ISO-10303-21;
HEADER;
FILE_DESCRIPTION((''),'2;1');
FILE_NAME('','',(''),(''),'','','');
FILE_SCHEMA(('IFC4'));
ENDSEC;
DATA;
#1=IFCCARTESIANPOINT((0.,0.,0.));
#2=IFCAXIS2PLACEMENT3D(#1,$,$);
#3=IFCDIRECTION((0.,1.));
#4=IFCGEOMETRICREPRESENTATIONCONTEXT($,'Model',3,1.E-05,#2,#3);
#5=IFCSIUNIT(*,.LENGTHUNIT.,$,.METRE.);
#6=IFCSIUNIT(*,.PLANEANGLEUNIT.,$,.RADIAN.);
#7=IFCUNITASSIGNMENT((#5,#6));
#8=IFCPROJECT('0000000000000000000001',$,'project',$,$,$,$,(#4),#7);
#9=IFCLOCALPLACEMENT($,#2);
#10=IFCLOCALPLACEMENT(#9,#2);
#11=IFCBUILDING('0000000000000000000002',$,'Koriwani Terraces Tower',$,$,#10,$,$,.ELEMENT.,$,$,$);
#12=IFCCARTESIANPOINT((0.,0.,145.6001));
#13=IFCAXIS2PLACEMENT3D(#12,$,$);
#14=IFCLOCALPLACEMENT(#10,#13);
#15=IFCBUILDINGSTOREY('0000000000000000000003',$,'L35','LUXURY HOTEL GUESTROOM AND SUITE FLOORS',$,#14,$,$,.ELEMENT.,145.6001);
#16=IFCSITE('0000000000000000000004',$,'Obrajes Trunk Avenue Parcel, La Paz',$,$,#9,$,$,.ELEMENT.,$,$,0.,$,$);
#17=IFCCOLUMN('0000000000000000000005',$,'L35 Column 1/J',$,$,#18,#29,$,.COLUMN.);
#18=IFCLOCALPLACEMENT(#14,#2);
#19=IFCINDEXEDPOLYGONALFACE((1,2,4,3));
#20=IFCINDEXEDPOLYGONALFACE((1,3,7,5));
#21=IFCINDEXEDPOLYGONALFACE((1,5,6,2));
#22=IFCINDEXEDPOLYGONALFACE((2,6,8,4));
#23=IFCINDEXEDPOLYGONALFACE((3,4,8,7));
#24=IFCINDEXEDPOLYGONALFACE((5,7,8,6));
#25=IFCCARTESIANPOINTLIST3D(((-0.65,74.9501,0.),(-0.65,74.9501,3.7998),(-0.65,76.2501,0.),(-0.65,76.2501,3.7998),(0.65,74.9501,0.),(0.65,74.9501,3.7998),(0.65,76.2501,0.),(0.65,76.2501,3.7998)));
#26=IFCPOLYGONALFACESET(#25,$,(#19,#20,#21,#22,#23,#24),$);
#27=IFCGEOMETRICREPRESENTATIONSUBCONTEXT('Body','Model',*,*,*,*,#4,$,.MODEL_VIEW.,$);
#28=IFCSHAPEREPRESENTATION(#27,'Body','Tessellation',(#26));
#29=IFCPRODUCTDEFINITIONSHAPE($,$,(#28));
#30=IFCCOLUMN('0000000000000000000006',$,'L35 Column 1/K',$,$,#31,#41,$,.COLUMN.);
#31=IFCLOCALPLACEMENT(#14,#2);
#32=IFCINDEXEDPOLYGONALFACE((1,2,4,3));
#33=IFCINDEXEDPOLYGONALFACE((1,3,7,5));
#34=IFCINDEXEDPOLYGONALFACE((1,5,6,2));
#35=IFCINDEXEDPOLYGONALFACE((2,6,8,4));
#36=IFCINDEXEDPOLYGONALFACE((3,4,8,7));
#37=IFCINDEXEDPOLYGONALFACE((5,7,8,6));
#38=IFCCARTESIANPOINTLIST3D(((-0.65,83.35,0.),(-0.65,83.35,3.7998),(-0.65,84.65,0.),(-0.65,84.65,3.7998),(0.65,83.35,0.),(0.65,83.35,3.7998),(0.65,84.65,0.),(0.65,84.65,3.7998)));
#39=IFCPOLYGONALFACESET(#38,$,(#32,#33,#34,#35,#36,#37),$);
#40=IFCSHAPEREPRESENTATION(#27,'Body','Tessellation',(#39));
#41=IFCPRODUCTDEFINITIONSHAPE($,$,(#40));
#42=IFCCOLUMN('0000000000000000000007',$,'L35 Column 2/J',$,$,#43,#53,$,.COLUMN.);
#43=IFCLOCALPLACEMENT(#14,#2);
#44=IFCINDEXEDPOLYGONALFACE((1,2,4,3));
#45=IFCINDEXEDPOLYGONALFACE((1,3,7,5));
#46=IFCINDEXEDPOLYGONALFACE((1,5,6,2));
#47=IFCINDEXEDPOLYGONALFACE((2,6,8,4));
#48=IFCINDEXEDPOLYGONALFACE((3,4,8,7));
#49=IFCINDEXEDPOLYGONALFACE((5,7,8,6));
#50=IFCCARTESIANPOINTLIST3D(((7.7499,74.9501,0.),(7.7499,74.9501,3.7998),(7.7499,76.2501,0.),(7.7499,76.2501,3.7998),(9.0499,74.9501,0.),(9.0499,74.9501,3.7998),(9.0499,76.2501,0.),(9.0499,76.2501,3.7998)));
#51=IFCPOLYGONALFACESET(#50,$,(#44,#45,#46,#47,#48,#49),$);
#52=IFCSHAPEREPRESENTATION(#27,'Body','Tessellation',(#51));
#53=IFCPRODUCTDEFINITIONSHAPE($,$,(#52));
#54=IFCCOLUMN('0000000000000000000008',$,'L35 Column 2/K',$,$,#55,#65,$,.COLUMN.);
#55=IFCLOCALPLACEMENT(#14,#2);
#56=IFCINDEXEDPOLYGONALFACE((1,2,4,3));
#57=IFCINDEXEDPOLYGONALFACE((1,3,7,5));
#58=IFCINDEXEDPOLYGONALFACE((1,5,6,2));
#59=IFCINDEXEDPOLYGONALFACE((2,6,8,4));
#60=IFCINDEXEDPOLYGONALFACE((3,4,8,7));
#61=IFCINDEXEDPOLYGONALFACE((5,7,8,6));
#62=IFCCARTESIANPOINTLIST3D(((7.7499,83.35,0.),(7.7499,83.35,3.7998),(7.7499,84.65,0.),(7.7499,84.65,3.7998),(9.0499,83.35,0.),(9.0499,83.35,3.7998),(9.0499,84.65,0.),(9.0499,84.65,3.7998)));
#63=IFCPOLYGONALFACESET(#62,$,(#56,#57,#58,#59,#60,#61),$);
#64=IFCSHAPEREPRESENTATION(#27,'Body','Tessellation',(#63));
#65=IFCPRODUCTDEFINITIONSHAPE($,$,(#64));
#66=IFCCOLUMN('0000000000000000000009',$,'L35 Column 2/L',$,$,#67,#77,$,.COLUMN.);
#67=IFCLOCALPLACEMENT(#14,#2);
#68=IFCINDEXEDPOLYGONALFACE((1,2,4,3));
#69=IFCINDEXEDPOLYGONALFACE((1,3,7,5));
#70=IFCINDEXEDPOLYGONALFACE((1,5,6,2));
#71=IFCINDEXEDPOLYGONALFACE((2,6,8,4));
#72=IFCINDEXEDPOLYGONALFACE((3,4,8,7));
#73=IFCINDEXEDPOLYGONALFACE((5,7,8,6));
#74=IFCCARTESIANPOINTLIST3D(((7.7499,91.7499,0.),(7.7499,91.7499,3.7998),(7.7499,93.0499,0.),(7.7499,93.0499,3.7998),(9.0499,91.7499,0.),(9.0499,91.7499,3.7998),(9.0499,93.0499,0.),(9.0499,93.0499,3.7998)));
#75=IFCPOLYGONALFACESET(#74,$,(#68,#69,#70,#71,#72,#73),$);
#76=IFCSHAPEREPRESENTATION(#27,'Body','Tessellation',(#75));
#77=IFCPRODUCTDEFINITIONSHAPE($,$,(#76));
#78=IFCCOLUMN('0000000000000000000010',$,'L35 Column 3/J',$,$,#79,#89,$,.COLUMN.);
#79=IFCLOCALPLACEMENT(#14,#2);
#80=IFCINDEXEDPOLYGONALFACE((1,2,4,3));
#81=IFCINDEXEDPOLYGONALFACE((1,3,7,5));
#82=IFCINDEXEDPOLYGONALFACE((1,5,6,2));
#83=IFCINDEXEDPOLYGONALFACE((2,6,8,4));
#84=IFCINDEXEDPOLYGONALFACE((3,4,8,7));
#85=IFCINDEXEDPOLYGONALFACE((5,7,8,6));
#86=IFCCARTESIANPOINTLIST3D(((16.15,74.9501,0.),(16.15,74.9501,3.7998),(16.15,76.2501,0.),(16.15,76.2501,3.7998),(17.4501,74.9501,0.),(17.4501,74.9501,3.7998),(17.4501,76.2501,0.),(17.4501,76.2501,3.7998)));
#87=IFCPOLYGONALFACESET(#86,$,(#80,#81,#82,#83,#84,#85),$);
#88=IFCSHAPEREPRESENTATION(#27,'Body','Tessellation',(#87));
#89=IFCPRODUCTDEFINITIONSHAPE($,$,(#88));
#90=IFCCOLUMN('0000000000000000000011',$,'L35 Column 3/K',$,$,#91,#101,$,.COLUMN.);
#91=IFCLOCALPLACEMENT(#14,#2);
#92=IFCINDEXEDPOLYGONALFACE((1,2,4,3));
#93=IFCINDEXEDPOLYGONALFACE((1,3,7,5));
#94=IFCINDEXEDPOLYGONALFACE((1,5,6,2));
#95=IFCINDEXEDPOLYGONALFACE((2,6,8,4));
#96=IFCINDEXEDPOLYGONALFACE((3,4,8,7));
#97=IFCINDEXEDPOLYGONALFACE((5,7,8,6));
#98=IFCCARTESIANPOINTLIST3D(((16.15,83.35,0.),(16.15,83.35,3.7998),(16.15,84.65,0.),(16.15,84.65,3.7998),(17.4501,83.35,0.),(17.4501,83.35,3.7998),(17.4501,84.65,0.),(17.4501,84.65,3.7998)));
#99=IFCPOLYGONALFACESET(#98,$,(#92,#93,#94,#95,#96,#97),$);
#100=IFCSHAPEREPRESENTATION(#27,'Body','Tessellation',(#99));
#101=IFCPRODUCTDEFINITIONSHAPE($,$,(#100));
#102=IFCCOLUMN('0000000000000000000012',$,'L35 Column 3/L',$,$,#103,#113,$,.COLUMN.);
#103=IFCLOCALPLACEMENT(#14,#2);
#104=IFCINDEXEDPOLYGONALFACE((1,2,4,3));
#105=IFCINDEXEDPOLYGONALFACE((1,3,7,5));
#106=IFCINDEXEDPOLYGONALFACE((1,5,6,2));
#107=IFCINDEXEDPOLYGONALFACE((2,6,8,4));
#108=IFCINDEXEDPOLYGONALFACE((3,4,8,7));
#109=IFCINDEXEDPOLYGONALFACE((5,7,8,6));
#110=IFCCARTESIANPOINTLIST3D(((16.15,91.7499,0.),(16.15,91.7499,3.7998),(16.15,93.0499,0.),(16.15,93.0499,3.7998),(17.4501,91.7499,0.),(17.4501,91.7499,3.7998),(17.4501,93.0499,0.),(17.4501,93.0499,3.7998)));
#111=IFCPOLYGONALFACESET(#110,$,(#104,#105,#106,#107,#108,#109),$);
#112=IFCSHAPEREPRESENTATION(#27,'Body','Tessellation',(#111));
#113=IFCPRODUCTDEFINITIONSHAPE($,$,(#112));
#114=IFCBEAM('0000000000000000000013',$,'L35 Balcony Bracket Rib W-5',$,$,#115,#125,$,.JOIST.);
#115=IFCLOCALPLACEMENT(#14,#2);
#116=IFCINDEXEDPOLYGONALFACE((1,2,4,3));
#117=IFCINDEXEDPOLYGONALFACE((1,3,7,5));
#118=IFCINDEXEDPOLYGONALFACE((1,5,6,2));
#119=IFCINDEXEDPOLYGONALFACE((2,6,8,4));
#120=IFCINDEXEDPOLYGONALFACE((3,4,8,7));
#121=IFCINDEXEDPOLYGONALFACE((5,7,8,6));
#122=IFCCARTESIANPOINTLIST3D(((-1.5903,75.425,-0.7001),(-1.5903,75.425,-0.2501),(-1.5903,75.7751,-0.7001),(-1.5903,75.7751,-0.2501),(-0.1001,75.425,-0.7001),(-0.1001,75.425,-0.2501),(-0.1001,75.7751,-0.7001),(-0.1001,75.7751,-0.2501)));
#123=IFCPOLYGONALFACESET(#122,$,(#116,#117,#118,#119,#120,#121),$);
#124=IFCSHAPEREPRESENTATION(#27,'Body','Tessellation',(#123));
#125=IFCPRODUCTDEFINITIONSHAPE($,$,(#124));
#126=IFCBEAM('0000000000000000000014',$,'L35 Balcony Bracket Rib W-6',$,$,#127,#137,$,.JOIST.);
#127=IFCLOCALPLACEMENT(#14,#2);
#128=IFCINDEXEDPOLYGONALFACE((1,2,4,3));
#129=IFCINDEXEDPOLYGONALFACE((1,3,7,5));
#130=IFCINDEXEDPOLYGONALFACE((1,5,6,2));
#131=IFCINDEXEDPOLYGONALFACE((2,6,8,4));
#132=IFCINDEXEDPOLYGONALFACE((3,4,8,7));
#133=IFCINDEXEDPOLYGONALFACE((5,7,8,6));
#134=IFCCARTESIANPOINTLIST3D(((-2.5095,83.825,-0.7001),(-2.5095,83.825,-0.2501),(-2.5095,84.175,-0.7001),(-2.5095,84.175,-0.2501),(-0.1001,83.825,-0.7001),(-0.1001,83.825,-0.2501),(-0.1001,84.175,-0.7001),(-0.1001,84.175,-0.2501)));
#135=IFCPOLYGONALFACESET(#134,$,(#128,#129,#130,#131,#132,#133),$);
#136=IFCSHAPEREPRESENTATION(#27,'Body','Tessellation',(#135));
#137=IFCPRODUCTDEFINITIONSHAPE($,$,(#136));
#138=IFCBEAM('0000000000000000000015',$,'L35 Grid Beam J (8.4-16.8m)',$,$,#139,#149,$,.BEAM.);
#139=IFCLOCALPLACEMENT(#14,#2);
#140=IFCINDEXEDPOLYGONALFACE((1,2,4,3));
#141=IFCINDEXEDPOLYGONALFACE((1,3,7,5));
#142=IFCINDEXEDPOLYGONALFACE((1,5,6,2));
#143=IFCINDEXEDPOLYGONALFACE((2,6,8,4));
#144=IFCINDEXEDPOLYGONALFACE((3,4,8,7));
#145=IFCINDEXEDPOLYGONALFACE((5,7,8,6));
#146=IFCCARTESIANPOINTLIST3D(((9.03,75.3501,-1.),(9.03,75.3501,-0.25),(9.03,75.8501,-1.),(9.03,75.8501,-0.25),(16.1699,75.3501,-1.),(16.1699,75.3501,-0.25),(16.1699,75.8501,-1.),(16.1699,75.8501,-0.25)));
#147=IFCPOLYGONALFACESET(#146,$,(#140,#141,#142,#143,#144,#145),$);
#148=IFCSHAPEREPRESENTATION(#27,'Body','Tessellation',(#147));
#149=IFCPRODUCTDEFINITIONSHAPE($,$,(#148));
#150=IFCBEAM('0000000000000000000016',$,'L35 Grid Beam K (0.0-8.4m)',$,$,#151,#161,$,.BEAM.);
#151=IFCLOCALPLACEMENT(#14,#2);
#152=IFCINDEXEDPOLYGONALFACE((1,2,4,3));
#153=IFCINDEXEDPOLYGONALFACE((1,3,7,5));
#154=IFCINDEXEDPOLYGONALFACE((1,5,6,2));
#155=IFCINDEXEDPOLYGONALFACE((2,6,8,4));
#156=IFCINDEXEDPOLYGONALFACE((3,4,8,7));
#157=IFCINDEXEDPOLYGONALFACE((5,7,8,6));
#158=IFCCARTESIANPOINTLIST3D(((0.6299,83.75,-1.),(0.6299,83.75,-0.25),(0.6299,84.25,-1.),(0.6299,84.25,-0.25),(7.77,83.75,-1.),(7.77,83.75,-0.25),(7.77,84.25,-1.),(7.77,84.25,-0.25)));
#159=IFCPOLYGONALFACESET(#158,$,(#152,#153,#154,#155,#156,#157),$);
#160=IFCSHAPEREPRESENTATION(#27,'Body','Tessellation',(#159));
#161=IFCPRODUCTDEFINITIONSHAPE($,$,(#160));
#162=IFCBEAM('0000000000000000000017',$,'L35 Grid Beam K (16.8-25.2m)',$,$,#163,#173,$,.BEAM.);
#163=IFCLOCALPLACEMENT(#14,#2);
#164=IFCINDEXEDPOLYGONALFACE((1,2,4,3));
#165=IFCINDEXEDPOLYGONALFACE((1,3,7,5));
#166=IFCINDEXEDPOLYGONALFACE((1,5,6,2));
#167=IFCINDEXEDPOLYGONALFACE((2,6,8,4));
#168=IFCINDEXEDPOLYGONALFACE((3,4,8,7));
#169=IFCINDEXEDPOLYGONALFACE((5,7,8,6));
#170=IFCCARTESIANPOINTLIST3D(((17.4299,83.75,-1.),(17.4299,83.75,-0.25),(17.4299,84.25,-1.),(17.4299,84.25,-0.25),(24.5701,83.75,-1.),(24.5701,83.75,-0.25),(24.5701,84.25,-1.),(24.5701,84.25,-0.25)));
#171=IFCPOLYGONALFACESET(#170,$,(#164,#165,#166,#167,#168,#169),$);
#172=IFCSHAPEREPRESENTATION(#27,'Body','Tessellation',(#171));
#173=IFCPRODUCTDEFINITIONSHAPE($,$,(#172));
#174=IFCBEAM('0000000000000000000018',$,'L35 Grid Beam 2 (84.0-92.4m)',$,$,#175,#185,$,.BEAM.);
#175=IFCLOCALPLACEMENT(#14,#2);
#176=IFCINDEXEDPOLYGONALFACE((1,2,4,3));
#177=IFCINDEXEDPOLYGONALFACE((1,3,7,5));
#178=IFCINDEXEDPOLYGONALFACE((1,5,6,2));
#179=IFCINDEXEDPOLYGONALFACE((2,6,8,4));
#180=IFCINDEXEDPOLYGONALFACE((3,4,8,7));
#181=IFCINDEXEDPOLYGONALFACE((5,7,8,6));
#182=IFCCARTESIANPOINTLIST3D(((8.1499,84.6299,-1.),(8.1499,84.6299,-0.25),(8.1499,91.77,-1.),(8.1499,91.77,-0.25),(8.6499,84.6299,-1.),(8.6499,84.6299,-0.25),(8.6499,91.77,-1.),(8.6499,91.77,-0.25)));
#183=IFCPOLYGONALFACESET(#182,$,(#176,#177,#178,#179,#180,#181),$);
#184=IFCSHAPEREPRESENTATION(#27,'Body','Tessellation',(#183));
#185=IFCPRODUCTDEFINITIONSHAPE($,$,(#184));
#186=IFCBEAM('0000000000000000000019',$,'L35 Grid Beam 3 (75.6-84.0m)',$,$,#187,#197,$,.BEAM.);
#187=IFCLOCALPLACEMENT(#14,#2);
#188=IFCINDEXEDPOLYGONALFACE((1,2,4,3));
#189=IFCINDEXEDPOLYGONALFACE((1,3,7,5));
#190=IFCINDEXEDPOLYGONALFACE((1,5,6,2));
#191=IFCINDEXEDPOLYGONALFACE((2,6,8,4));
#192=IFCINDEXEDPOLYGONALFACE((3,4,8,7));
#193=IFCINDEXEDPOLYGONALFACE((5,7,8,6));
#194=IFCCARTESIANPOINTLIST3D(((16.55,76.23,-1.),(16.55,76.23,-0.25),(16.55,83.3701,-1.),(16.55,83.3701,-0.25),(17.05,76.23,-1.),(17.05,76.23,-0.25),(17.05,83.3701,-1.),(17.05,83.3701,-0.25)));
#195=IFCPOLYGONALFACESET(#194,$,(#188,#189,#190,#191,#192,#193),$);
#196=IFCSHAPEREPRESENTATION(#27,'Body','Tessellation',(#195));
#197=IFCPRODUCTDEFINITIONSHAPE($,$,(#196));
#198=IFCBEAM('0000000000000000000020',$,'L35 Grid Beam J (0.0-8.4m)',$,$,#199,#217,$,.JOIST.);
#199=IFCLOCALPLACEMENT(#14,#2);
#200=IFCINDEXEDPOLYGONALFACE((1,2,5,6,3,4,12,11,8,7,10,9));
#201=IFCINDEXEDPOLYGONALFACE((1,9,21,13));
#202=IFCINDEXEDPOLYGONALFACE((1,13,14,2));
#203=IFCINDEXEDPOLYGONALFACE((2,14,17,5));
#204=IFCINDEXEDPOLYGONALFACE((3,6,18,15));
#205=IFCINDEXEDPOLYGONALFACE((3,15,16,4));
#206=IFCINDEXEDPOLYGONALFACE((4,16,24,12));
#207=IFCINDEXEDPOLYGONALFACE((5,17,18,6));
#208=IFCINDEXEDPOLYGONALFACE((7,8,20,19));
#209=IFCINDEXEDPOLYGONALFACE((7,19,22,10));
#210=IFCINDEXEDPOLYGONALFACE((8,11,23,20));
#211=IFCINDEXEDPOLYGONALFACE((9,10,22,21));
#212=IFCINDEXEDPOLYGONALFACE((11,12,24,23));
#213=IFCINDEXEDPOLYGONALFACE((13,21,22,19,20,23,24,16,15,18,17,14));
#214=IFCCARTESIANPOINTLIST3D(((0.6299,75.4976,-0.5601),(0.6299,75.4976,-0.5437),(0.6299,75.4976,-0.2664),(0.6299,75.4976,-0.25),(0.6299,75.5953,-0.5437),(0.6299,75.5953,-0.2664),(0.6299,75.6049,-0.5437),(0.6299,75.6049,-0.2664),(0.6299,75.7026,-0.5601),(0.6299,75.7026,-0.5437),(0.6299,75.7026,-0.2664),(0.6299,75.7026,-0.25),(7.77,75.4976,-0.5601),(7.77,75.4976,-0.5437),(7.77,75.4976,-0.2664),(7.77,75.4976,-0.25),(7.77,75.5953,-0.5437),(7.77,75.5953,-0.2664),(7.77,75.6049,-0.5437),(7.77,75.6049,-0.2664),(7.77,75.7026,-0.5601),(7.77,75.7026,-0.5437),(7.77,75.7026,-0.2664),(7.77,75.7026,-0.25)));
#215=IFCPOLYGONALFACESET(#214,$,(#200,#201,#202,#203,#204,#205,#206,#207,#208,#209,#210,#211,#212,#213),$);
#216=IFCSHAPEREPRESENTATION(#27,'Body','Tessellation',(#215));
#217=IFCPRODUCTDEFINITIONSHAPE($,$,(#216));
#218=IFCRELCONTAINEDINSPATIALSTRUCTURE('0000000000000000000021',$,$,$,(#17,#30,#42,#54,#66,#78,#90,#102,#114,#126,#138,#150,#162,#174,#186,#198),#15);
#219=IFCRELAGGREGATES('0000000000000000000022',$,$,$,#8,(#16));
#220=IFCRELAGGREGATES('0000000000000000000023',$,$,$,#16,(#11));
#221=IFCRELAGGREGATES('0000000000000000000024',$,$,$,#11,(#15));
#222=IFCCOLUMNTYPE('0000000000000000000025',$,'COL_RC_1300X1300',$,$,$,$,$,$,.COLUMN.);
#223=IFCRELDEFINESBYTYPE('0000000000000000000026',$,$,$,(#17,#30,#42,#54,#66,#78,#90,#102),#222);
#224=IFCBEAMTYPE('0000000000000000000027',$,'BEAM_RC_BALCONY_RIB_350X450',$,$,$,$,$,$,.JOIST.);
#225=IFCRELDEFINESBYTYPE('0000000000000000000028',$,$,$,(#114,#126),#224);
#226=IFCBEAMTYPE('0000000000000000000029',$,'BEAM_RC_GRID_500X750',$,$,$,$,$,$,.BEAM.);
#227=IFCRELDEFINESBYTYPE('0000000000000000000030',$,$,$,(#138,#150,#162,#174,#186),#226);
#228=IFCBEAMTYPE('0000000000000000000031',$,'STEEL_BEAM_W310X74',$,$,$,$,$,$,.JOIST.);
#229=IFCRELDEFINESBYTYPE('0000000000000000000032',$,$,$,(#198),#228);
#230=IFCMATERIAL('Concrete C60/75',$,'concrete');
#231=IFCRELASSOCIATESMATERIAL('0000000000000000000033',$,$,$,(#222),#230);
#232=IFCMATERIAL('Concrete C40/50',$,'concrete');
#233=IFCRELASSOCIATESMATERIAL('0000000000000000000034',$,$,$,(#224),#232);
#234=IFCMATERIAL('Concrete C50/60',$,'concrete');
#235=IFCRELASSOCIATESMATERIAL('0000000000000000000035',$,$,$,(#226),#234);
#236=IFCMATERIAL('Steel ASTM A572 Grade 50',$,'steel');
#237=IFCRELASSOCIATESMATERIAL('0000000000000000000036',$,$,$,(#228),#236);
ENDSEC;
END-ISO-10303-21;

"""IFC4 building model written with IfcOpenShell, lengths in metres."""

from ifc_helpers import new_model, si_unit, direction, frame, origin, origin_2d, place, context, subcontext, project, spatial, rectangle, i_section, extrude, material, material_profile, profile_set, type_object, element, save


model = new_model("IFC4")

# Units and contexts
model_context = context("Model", 3, precision=1e-05, world=origin(), true_north=direction((0.0, 1.0)))
body_context = subcontext(model_context, "Body", "Model", "MODEL_VIEW")
ifc_project = project(units=[si_unit("LENGTHUNIT", "METRE"), si_unit("PLANEANGLEUNIT", "RADIAN")], contexts=[model_context])

# Site, building, storey
site_placement = place(None, origin())
site = spatial("IfcSite", under=ifc_project, at=site_placement, Name="Obrajes Trunk Avenue Parcel, La Paz", CompositionType="ELEMENT", RefElevation=0.0)
building_placement = place(site_placement, origin())
building = spatial("IfcBuilding", under=site, at=building_placement, Name="Koriwani Terraces Tower", CompositionType="ELEMENT")
storey_placement = place(building_placement, frame((0.0, 0.0, 145.6001)))
storey = spatial("IfcBuildingStorey", under=building, at=storey_placement, Name="L35", Description="LUXURY HOTEL GUESTROOM AND SUITE FLOORS", CompositionType="ELEMENT", Elevation=145.6001)

# Columns
ifc_material_1 = material(Name="Concrete C60/75", Category="concrete")
ifc_material_profile_1 = material_profile(ifc_material_1, rectangle(XDim=1.3, YDim=1.3, at=origin_2d()), Name="Concrete C60/75", Category="LoadBearing")
ifc_profile_set_1 = profile_set([ifc_material_profile_1], Name="Concrete C60/75")
column_type = type_object("IfcColumnType", Name="COL_RC_1300X1300", PredefinedType="COLUMN", material=ifc_profile_set_1)
for number, where, z_axis, x_axis, name in (
    (1, (0.0, 75.6001, 0.0), (0.0, 0.0, 1.0), (1.0, 0.0, 0.0), "L35 Column 1/J"),
    (2, (0.0, 84.0, 0.0), (0.0, 0.0, 1.0), (1.0, 0.0, 0.0), "L35 Column 1/K"),
    (3, (8.3999, 75.6001, 0.0), (0.0, 0.0, 1.0), (1.0, 0.0, 0.0), "L35 Column 2/J"),
    (4, (8.3999, 84.0, 0.0), (0.0, 0.0, 1.0), (1.0, 0.0, 0.0), "L35 Column 2/K"),
    (5, (8.3999, 92.3999, 0.0), (0.0, 0.0, 1.0), (1.0, 0.0, 0.0), "L35 Column 2/L"),
    (6, (16.8, 75.6001, 0.0), (0.0, 0.0, 1.0), (1.0, 0.0, 0.0), "L35 Column 3/J"),
    (7, (16.8, 84.0, 0.0), (0.0, 0.0, 1.0), (1.0, 0.0, 0.0), "L35 Column 3/K"),
    (8, (16.8, 92.3999, 0.0), (0.0, 0.0, 1.0), (1.0, 0.0, 0.0), "L35 Column 3/L"),
):
    element("IfcColumn", number, at=place(storey_placement, frame(where, z_axis=z_axis, x_axis=x_axis)), inside=storey, type_object=column_type, Name=name, PredefinedType="COLUMN", context=body_context, shape_type="SweptSolid", body=[
        extrude(rectangle(XDim=1.3, YDim=1.3, at=origin_2d()), origin(), (0.0, 0.0, 1.0), 3.7998),
    ])

# Beams
ifc_material_2 = material(Name="Concrete C40/50", Category="concrete")
ifc_material_profile_2 = material_profile(ifc_material_2, rectangle(XDim=0.3501, YDim=0.45, at=origin_2d()), Name="Concrete C40/50", Category="LoadBearing")
ifc_profile_set_2 = profile_set([ifc_material_profile_2], Name="Concrete C40/50")
beam_type_1 = type_object("IfcBeamType", Name="BEAM_RC_BALCONY_RIB_350X450", PredefinedType="JOIST", material=ifc_profile_set_2)
beam_1_placement = place(storey_placement, frame((-1.5903, 75.6001, -0.4751), z_axis=(1.0, 0.0, 0.0), x_axis=(0.0, 1.0, 0.0)))
element("IfcBeam", 9, at=beam_1_placement, inside=storey, type_object=beam_type_1, Name="L35 Balcony Bracket Rib W-5", PredefinedType="JOIST", context=body_context, shape_type="SweptSolid", body=[
    extrude(rectangle(XDim=0.3501, YDim=0.45, at=origin_2d()), origin(), (0.0, 0.0, 1.0), 1.4902),
])
beam_2_placement = place(storey_placement, frame((-2.5095, 84.0, -0.4751), z_axis=(1.0, 0.0, 0.0), x_axis=(0.0, 1.0, 0.0)))
element("IfcBeam", 10, at=beam_2_placement, inside=storey, type_object=beam_type_1, Name="L35 Balcony Bracket Rib W-6", PredefinedType="JOIST", context=body_context, shape_type="SweptSolid", body=[
    extrude(rectangle(XDim=0.3501, YDim=0.45, at=origin_2d()), origin(), (0.0, 0.0, 1.0), 2.4094),
])
ifc_material_3 = material(Name="Concrete C50/60", Category="concrete")
ifc_material_profile_3 = material_profile(ifc_material_3, rectangle(XDim=0.5, YDim=0.75, at=origin_2d()), Name="Concrete C50/60", Category="LoadBearing")
ifc_profile_set_3 = profile_set([ifc_material_profile_3], Name="Concrete C50/60")
beam_type_2 = type_object("IfcBeamType", Name="BEAM_RC_GRID_500X750", PredefinedType="BEAM", material=ifc_profile_set_3)
beam_3_placement = place(storey_placement, frame((9.03, 75.6001, -0.625), z_axis=(1.0, 0.0, 0.0), x_axis=(0.0, 1.0, 0.0)))
element("IfcBeam", 11, at=beam_3_placement, inside=storey, type_object=beam_type_2, Name="L35 Grid Beam J (8.4-16.8m)", PredefinedType="BEAM", context=body_context, shape_type="SweptSolid", body=[
    extrude(rectangle(XDim=0.5, YDim=0.75, at=origin_2d()), origin(), (0.0, 0.0, 1.0), 7.1399),
])
for number, where, z_axis, x_axis, name in (
    (12, (0.6299, 84.0, -0.625), (1.0, 0.0, 0.0), (0.0, 1.0, 0.0), "L35 Grid Beam K (0.0-8.4m)"),
    (13, (17.4299, 84.0, -0.625), (1.0, 0.0, 0.0), (0.0, 1.0, 0.0), "L35 Grid Beam K (16.8-25.2m)"),
    (14, (8.3999, 84.6299, -0.625), (0.0, 1.0, 0.0), (-1.0, 0.0, 0.0), "L35 Grid Beam 2 (84.0-92.4m)"),
    (15, (16.8, 76.23, -0.625), (0.0, 1.0, 0.0), (-1.0, 0.0, 0.0), "L35 Grid Beam 3 (75.6-84.0m)"),
):
    element("IfcBeam", number, at=place(storey_placement, frame(where, z_axis=z_axis, x_axis=x_axis)), inside=storey, type_object=beam_type_2, Name=name, PredefinedType="BEAM", context=body_context, shape_type="SweptSolid", body=[
        extrude(rectangle(XDim=0.5, YDim=0.75, at=origin_2d()), origin(), (0.0, 0.0, 1.0), 7.1401),
    ])
ifc_material_4 = material(Name="Steel ASTM A572 Grade 50", Category="steel")
ifc_material_profile_4 = material_profile(ifc_material_4, i_section(OverallWidth=0.2051, OverallDepth=0.3101, WebThickness=0.0095, FlangeThickness=0.0164, at=origin_2d()), Name="Steel ASTM A572 Grade 50", Category="LoadBearing")
ifc_profile_set_4 = profile_set([ifc_material_profile_4], Name="Steel ASTM A572 Grade 50")
beam_type_3 = type_object("IfcBeamType", Name="STEEL_BEAM_W310X74", PredefinedType="JOIST", material=ifc_profile_set_4)
for number, where, z_axis, x_axis, name in (
    (16, (0.6299, 75.6001, -0.405), (1.0, 0.0, 0.0), (0.0, 1.0, 0.0), "L35 Grid Beam J (0.0-8.4m)"),
):
    element("IfcBeam", number, at=place(storey_placement, frame(where, z_axis=z_axis, x_axis=x_axis)), inside=storey, type_object=beam_type_3, Name=name, PredefinedType="JOIST", context=body_context, shape_type="SweptSolid", body=[
        extrude(i_section(OverallWidth=0.2051, OverallDepth=0.3101, WebThickness=0.0095, FlangeThickness=0.0164, at=origin_2d()), origin(), (0.0, 0.0, 1.0), 7.1401),
    ])

save(model, "model.ifc")
